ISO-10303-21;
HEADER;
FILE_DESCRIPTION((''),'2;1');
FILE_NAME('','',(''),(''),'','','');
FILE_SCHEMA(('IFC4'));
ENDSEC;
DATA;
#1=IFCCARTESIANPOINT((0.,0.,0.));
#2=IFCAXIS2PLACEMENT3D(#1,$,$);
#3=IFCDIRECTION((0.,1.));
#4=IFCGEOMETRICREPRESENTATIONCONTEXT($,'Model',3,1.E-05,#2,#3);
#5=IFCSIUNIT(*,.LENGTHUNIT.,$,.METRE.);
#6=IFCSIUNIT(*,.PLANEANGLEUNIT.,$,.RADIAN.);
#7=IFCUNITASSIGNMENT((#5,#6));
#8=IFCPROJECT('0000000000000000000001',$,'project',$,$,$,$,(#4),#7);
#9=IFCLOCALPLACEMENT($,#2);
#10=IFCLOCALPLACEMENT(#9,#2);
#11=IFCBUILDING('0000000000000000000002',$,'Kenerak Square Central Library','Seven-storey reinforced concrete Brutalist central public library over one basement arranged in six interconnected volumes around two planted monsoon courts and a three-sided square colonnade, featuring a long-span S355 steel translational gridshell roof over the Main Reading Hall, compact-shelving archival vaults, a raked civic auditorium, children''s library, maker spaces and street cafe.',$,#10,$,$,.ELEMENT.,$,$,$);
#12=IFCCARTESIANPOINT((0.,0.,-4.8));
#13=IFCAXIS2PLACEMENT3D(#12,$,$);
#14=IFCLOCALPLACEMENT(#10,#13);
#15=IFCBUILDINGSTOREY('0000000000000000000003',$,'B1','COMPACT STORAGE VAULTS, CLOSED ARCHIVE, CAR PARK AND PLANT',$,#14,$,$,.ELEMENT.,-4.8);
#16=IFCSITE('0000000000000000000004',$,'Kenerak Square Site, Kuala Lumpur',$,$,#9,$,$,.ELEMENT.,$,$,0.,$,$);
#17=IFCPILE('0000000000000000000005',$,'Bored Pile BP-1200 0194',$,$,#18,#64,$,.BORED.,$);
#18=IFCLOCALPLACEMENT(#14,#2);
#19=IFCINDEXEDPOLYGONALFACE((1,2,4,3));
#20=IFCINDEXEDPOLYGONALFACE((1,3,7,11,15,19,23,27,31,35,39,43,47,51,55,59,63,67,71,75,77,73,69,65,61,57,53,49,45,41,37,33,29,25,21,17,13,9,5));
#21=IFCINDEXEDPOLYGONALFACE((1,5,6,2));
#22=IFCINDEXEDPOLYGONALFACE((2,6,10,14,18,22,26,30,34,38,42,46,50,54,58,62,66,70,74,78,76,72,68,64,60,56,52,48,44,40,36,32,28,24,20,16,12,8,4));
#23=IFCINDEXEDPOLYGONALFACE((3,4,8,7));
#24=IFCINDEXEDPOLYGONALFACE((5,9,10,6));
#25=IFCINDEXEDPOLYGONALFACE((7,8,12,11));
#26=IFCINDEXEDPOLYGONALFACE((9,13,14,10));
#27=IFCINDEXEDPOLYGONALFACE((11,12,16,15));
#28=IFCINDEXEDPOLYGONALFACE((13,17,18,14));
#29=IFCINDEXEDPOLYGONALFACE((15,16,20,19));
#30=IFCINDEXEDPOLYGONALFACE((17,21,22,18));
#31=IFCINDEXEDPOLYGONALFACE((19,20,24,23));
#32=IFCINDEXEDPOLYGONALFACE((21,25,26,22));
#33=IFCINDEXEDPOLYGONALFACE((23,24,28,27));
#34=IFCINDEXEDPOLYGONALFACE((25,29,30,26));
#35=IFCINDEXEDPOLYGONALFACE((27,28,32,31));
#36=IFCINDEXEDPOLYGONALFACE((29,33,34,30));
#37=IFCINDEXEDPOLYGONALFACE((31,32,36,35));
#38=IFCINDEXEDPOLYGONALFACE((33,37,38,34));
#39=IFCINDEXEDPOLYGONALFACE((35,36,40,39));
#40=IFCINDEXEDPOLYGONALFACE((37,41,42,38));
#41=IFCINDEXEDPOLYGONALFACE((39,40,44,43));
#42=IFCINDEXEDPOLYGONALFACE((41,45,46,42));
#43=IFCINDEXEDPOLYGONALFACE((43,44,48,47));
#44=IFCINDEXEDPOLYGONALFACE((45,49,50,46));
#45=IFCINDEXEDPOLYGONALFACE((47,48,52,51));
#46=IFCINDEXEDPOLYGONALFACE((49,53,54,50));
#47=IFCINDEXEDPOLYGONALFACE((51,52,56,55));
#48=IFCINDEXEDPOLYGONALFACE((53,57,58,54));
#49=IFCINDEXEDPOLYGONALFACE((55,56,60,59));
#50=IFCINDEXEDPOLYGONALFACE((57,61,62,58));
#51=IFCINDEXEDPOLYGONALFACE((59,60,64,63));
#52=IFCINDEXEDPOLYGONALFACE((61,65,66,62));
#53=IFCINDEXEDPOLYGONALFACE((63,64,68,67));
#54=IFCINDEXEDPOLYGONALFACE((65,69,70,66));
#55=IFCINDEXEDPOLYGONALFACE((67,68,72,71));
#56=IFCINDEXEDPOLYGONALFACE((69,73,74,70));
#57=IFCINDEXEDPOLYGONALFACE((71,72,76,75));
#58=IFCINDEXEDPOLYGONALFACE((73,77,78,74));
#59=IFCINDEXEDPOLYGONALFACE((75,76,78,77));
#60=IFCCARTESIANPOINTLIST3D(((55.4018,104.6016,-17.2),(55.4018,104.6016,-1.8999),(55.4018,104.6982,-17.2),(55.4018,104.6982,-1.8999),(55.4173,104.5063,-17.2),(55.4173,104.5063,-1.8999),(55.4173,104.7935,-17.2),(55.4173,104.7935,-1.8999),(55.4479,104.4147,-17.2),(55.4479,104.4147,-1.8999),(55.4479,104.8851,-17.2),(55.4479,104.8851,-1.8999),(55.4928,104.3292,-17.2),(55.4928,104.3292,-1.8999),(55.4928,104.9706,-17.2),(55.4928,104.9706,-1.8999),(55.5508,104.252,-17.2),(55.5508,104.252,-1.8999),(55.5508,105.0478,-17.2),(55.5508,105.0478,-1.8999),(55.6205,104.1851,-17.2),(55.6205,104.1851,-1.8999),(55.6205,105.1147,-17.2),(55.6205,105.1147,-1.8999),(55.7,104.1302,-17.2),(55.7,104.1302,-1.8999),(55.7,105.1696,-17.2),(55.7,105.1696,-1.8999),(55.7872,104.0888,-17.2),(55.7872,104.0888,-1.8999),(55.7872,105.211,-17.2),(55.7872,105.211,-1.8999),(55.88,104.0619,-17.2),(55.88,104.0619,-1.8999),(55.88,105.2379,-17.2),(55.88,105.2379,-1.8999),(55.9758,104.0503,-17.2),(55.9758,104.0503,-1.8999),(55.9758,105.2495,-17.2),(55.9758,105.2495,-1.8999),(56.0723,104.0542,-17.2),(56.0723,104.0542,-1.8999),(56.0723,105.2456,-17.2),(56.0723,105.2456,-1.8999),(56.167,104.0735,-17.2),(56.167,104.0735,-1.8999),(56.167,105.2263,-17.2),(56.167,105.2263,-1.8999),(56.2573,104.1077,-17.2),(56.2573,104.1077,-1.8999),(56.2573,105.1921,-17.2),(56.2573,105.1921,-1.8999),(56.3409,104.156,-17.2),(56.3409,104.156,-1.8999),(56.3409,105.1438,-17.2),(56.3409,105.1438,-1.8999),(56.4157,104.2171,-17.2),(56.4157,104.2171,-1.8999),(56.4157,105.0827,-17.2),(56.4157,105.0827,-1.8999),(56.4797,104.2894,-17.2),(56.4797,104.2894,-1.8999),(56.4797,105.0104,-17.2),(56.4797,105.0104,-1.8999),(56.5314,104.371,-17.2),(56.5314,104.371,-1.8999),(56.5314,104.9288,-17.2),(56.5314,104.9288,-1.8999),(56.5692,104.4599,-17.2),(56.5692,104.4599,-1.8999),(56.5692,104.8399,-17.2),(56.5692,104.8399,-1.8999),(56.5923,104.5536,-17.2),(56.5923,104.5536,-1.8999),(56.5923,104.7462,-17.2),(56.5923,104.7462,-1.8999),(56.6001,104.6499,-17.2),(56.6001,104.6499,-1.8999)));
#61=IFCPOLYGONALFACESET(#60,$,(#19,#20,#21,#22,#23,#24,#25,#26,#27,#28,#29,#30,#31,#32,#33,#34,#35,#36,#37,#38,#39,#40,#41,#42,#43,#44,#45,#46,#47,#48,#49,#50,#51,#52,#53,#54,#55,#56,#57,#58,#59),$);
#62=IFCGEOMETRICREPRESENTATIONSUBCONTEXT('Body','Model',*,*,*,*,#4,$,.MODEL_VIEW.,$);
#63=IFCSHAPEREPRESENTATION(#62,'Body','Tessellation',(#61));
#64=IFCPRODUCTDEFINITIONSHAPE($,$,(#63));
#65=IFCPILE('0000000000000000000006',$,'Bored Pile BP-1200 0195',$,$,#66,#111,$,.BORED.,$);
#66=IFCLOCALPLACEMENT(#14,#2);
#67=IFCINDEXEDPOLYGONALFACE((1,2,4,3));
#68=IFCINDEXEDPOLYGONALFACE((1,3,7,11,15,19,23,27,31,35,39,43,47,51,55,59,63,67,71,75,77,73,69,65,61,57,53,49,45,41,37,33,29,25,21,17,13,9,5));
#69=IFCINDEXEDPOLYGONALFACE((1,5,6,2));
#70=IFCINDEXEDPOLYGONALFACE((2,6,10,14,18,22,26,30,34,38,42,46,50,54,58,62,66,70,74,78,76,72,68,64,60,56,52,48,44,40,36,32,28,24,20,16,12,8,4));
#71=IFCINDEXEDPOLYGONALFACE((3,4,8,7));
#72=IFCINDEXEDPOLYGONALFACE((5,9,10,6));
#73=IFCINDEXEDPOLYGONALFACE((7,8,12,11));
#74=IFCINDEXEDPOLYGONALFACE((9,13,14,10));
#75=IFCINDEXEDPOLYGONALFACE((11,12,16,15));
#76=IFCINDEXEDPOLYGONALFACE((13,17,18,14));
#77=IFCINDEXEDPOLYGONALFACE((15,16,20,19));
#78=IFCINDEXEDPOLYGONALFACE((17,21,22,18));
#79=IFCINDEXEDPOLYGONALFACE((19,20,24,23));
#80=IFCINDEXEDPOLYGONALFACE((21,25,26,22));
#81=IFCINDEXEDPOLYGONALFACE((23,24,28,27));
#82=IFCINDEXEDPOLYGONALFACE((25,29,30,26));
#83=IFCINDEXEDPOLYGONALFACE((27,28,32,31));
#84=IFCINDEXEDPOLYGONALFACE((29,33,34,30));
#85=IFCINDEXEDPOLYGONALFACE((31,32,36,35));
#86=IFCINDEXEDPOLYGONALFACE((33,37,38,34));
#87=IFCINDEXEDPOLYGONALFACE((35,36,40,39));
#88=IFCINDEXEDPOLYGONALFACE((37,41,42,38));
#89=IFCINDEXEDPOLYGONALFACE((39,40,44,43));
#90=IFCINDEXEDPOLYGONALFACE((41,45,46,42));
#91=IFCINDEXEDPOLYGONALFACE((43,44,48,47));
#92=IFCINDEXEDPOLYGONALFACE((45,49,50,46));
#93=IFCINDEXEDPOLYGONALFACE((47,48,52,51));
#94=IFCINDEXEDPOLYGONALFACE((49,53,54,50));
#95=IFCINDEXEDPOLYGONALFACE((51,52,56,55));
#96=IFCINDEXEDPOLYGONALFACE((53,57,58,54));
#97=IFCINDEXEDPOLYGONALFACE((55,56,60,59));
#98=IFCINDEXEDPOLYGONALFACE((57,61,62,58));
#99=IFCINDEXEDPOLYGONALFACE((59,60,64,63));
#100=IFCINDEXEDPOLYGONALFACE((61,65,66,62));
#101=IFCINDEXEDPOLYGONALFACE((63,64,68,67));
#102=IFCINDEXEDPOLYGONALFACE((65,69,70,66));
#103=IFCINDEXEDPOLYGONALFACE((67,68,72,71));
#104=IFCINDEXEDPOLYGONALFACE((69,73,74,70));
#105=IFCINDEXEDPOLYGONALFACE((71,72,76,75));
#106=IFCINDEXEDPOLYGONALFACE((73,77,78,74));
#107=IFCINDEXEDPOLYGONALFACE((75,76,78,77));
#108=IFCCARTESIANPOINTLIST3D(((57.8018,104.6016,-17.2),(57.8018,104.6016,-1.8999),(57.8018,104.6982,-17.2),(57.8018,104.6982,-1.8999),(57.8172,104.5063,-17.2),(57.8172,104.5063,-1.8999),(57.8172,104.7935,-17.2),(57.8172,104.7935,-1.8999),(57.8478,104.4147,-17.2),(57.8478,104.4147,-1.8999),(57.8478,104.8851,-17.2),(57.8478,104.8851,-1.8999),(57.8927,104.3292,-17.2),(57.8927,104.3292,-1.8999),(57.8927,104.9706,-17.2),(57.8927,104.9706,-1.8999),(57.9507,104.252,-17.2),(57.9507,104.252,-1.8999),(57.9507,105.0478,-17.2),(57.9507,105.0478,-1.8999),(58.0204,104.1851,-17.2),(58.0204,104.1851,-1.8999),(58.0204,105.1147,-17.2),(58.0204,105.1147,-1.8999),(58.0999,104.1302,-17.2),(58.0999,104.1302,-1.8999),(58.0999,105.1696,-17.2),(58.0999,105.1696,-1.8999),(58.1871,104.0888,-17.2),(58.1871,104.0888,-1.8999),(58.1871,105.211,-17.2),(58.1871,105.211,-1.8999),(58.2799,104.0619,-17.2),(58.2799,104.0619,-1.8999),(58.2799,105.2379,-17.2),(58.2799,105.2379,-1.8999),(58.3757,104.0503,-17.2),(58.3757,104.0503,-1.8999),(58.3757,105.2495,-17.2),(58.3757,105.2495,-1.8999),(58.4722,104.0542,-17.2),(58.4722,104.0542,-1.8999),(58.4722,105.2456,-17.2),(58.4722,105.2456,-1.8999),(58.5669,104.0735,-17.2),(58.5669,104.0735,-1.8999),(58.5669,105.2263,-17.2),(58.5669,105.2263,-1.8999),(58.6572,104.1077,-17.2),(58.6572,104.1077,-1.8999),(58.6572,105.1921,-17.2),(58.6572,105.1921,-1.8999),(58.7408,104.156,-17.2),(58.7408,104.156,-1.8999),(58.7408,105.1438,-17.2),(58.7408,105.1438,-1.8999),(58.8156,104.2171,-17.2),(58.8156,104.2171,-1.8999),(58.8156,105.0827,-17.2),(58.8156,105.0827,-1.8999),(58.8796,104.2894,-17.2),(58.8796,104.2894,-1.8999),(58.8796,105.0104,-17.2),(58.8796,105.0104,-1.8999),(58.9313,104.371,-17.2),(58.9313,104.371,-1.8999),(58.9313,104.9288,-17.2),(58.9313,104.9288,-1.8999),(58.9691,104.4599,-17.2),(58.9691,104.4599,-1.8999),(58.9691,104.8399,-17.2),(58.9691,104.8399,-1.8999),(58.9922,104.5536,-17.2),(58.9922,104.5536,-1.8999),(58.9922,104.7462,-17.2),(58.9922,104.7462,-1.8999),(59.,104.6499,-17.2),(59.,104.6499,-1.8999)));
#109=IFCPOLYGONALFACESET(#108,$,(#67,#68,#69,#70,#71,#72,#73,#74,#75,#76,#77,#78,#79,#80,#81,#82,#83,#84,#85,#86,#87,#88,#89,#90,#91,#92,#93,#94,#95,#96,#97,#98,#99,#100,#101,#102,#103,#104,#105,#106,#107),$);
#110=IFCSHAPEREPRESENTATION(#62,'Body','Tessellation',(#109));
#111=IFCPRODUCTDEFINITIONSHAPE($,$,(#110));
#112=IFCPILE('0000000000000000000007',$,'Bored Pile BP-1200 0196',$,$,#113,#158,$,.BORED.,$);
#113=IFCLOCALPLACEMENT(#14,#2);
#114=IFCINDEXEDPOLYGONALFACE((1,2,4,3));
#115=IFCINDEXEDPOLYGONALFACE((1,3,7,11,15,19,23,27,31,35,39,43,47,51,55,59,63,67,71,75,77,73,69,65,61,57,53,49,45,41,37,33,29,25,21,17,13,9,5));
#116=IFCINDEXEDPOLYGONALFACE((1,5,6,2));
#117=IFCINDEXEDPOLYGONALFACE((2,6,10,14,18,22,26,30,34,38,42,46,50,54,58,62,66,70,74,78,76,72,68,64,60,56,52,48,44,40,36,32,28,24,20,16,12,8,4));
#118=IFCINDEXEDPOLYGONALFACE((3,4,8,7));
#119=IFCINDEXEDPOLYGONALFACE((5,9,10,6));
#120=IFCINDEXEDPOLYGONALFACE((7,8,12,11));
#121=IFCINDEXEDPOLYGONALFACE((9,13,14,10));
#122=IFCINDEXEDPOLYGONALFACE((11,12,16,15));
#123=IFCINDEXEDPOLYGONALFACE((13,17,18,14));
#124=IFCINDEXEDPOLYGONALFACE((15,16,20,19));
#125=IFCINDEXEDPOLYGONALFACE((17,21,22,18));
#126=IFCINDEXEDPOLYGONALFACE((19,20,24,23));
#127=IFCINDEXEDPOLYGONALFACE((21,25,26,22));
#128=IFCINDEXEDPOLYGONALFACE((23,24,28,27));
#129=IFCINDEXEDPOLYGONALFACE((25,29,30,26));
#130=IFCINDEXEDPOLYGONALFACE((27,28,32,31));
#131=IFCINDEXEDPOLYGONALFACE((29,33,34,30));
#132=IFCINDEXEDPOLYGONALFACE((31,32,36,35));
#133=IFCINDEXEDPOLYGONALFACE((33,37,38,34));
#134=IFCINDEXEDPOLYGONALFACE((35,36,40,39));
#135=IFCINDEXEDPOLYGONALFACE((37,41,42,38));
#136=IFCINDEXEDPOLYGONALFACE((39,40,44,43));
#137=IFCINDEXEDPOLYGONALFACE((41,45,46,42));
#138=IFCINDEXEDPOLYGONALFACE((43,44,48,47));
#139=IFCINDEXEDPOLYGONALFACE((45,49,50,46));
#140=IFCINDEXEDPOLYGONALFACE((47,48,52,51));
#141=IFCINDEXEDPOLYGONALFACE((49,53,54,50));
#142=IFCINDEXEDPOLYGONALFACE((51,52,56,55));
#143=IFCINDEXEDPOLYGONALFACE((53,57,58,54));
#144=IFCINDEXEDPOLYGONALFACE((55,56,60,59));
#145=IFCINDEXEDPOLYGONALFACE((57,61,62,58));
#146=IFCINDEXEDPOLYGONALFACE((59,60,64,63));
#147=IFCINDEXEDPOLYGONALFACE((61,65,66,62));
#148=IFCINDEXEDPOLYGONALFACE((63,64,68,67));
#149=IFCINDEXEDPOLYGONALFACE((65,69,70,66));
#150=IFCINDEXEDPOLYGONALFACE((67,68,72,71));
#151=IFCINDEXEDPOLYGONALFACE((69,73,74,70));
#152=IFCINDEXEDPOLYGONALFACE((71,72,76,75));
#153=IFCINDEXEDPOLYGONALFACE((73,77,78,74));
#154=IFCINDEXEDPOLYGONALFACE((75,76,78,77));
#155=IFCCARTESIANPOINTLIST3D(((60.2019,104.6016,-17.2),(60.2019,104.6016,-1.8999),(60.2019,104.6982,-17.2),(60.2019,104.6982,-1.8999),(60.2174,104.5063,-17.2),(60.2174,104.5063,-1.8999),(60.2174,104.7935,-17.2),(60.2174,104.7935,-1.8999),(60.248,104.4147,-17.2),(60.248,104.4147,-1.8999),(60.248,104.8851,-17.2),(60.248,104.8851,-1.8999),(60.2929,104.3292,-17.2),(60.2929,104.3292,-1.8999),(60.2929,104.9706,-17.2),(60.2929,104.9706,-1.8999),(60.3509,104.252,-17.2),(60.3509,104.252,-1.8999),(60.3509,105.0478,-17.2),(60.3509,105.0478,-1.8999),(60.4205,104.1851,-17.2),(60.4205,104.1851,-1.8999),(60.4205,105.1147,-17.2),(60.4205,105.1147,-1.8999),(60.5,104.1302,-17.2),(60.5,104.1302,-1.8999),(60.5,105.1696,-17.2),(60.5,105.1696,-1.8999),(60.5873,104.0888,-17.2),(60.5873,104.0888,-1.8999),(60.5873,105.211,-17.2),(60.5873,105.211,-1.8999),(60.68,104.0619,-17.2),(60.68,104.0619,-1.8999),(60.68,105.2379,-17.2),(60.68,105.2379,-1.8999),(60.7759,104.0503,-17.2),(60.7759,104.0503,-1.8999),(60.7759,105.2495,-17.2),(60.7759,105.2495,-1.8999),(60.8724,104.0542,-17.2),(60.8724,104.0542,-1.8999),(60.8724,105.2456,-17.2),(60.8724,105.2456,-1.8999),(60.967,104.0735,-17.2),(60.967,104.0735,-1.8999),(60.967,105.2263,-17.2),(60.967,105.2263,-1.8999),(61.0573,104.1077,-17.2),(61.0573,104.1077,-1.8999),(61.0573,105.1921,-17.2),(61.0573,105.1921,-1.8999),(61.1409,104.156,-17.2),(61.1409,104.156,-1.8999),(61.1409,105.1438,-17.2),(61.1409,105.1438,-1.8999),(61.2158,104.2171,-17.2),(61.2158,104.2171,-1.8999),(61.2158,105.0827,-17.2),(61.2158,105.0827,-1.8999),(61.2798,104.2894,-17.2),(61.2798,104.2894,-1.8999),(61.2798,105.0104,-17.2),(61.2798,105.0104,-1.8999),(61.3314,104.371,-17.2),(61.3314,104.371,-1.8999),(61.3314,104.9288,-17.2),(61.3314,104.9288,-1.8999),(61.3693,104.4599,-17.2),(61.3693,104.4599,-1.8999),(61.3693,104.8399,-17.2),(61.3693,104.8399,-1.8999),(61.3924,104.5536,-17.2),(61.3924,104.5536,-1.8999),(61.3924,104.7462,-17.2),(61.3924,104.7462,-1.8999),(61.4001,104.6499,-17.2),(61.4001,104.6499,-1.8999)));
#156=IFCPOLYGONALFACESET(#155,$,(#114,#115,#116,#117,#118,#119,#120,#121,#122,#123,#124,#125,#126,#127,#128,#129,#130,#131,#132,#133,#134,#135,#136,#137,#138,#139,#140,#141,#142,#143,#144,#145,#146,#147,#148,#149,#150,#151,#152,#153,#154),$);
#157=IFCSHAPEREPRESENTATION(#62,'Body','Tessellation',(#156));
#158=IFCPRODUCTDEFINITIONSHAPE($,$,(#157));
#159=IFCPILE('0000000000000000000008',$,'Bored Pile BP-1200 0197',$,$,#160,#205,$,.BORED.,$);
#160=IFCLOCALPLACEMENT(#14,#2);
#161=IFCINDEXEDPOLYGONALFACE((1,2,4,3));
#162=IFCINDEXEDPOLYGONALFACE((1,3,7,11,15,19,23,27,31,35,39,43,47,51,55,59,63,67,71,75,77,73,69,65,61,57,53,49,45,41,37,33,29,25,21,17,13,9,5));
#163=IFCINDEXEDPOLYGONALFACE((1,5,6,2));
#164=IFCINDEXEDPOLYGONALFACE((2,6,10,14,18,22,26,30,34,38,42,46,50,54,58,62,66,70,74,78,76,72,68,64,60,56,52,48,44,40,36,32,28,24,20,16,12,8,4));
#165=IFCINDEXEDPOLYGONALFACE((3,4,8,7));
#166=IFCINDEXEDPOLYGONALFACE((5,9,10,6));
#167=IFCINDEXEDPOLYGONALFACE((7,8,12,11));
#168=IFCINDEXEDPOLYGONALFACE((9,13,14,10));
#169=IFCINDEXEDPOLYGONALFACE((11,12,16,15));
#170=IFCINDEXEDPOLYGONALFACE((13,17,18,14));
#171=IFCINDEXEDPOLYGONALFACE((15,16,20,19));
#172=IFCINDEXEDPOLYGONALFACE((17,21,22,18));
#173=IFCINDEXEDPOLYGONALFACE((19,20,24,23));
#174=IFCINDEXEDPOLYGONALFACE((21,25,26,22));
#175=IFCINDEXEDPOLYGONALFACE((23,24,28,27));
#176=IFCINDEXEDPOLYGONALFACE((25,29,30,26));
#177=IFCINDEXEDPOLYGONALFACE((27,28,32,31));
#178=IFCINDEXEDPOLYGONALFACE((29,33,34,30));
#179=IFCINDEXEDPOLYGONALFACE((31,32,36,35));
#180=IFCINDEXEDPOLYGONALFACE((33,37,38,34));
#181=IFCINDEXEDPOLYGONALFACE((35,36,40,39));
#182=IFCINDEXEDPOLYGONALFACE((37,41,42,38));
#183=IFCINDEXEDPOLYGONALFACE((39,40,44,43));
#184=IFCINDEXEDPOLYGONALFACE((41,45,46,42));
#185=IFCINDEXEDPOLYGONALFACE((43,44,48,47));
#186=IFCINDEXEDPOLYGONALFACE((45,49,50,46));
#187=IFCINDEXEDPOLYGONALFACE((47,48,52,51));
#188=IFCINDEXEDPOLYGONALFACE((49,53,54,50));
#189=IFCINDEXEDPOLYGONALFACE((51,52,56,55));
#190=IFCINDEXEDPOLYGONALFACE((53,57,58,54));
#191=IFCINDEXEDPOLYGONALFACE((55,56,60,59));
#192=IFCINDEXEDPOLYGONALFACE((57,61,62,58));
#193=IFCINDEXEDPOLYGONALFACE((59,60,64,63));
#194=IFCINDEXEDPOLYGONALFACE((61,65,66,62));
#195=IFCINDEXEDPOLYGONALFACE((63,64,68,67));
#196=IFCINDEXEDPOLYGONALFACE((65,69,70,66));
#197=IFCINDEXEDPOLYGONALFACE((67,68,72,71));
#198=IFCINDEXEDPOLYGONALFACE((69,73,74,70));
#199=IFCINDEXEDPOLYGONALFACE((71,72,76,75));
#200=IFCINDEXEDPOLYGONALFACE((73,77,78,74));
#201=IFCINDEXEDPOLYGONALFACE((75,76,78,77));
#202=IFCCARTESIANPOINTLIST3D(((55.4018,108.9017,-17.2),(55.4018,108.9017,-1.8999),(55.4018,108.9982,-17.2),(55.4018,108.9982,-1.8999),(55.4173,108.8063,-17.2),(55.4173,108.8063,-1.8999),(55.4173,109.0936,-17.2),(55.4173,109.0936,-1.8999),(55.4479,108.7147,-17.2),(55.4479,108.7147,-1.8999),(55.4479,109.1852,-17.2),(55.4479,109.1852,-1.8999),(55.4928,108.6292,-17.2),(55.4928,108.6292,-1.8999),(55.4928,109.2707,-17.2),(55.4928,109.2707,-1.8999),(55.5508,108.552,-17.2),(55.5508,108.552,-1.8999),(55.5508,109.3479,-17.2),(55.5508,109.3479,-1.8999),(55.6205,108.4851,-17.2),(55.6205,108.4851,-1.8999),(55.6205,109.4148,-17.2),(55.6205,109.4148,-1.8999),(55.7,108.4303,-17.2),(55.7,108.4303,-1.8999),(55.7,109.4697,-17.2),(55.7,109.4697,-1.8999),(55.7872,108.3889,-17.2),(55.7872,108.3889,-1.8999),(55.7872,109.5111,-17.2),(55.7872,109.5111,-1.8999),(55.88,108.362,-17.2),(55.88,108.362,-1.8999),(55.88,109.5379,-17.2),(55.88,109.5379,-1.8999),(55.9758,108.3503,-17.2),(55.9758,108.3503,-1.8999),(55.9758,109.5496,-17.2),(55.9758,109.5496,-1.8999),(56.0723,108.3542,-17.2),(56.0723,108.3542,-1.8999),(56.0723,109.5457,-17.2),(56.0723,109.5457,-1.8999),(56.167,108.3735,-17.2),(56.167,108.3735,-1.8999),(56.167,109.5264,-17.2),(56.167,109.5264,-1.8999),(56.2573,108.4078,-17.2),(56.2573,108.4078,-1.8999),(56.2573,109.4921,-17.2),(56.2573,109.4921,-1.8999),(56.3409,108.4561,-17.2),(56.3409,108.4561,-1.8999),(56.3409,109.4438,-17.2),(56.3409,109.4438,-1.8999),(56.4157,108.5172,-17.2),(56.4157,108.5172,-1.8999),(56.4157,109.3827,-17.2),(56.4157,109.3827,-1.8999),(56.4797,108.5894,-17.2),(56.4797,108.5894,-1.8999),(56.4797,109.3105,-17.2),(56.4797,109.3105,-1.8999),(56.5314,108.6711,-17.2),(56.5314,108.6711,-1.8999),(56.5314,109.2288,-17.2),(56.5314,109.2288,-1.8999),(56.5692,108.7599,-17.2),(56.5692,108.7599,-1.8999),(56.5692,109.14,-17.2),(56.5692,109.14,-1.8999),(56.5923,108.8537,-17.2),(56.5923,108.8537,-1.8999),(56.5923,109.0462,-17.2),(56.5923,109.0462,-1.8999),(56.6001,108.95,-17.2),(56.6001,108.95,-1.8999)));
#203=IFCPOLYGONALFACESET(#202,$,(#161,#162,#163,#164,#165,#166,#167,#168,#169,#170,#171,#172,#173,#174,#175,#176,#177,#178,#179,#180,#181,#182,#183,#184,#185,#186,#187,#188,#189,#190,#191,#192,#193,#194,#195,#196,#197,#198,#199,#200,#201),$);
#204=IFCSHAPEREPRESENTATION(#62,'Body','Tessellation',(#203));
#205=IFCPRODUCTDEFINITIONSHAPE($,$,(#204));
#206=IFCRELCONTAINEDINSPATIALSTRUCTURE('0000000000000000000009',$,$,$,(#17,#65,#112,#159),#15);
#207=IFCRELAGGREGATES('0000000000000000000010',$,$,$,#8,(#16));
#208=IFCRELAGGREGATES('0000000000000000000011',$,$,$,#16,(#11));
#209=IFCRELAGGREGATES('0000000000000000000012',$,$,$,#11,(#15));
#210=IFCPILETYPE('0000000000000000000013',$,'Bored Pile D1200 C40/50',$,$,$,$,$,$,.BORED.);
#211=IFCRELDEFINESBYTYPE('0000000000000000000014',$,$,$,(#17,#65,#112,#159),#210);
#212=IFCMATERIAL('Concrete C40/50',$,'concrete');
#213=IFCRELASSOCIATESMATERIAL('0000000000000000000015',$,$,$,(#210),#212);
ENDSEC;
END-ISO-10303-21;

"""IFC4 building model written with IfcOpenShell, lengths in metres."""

from ifc_helpers import new_model, si_unit, direction, frame, origin, origin_2d, place, context, subcontext, project, spatial, circle, extrude, material, material_profile, profile_set, type_object, element, save


model = new_model("IFC4")

# Units and contexts
model_context = context("Model", 3, precision=1e-05, world=origin(), true_north=direction((0.0, 1.0)))
body_context = subcontext(model_context, "Body", "Model", "MODEL_VIEW")
ifc_project = project(units=[si_unit("LENGTHUNIT", "METRE"), si_unit("PLANEANGLEUNIT", "RADIAN")], contexts=[model_context])

# Site, building, storey
site_placement = place(None, origin())
site = spatial("IfcSite", under=ifc_project, at=site_placement, Name="Kenerak Square Site, Kuala Lumpur", CompositionType="ELEMENT", RefElevation=0.0)
building_placement = place(site_placement, origin())
building = spatial("IfcBuilding", under=site, at=building_placement, Name="Kenerak Square Central Library", Description="Seven-storey reinforced concrete Brutalist central public library over one basement arranged in six interconnected volumes around two planted monsoon courts and a three-sided square colonnade, featuring a long-span S355 steel translational gridshell roof over the Main Reading Hall, compact-shelving archival vaults, a raked civic auditorium, children's library, maker spaces and street cafe.", CompositionType="ELEMENT")
storey_placement = place(building_placement, frame((0.0, 0.0, -4.8)))
storey = spatial("IfcBuildingStorey", under=building, at=storey_placement, Name="B1", Description="COMPACT STORAGE VAULTS, CLOSED ARCHIVE, CAR PARK AND PLANT", CompositionType="ELEMENT", Elevation=-4.8)

# Piles
ifc_material_1 = material(Name="Concrete C40/50", Category="concrete")
ifc_material_profile_1 = material_profile(ifc_material_1, circle(Radius=0.6001, at=origin_2d()), Name="BP D1200")
ifc_profile_set_1 = profile_set([ifc_material_profile_1], Name="Concrete C40/50")
pile_type_1 = type_object("IfcPileType", Name="Bored Pile D1200 C40/50", PredefinedType="BORED", material=ifc_profile_set_1)
for number, where, z_axis, x_axis, name in (
    (1, (56.0, 104.6499, -1.8999), (0.0, 0.0, -1.0), (1.0, 0.0, 0.0), "Bored Pile BP-1200 0194"),
    (2, (58.3999, 104.6499, -1.8999), (0.0, 0.0, -1.0), (1.0, 0.0, 0.0), "Bored Pile BP-1200 0195"),
    (3, (60.8, 104.6499, -1.8999), (0.0, 0.0, -1.0), (1.0, 0.0, 0.0), "Bored Pile BP-1200 0196"),
    (4, (56.0, 108.95, -1.8999), (0.0, 0.0, -1.0), (1.0, 0.0, 0.0), "Bored Pile BP-1200 0197"),
):
    element("IfcPile", number, at=place(storey_placement, frame(where, z_axis=z_axis, x_axis=x_axis)), inside=storey, type_object=pile_type_1, Name=name, PredefinedType="BORED", context=body_context, shape_type="SweptSolid", body=[
        extrude(circle(Radius=0.6001, at=origin_2d()), origin(), (0.0, 0.0, 1.0), 15.3),
    ])

save(model, "model.ifc")
